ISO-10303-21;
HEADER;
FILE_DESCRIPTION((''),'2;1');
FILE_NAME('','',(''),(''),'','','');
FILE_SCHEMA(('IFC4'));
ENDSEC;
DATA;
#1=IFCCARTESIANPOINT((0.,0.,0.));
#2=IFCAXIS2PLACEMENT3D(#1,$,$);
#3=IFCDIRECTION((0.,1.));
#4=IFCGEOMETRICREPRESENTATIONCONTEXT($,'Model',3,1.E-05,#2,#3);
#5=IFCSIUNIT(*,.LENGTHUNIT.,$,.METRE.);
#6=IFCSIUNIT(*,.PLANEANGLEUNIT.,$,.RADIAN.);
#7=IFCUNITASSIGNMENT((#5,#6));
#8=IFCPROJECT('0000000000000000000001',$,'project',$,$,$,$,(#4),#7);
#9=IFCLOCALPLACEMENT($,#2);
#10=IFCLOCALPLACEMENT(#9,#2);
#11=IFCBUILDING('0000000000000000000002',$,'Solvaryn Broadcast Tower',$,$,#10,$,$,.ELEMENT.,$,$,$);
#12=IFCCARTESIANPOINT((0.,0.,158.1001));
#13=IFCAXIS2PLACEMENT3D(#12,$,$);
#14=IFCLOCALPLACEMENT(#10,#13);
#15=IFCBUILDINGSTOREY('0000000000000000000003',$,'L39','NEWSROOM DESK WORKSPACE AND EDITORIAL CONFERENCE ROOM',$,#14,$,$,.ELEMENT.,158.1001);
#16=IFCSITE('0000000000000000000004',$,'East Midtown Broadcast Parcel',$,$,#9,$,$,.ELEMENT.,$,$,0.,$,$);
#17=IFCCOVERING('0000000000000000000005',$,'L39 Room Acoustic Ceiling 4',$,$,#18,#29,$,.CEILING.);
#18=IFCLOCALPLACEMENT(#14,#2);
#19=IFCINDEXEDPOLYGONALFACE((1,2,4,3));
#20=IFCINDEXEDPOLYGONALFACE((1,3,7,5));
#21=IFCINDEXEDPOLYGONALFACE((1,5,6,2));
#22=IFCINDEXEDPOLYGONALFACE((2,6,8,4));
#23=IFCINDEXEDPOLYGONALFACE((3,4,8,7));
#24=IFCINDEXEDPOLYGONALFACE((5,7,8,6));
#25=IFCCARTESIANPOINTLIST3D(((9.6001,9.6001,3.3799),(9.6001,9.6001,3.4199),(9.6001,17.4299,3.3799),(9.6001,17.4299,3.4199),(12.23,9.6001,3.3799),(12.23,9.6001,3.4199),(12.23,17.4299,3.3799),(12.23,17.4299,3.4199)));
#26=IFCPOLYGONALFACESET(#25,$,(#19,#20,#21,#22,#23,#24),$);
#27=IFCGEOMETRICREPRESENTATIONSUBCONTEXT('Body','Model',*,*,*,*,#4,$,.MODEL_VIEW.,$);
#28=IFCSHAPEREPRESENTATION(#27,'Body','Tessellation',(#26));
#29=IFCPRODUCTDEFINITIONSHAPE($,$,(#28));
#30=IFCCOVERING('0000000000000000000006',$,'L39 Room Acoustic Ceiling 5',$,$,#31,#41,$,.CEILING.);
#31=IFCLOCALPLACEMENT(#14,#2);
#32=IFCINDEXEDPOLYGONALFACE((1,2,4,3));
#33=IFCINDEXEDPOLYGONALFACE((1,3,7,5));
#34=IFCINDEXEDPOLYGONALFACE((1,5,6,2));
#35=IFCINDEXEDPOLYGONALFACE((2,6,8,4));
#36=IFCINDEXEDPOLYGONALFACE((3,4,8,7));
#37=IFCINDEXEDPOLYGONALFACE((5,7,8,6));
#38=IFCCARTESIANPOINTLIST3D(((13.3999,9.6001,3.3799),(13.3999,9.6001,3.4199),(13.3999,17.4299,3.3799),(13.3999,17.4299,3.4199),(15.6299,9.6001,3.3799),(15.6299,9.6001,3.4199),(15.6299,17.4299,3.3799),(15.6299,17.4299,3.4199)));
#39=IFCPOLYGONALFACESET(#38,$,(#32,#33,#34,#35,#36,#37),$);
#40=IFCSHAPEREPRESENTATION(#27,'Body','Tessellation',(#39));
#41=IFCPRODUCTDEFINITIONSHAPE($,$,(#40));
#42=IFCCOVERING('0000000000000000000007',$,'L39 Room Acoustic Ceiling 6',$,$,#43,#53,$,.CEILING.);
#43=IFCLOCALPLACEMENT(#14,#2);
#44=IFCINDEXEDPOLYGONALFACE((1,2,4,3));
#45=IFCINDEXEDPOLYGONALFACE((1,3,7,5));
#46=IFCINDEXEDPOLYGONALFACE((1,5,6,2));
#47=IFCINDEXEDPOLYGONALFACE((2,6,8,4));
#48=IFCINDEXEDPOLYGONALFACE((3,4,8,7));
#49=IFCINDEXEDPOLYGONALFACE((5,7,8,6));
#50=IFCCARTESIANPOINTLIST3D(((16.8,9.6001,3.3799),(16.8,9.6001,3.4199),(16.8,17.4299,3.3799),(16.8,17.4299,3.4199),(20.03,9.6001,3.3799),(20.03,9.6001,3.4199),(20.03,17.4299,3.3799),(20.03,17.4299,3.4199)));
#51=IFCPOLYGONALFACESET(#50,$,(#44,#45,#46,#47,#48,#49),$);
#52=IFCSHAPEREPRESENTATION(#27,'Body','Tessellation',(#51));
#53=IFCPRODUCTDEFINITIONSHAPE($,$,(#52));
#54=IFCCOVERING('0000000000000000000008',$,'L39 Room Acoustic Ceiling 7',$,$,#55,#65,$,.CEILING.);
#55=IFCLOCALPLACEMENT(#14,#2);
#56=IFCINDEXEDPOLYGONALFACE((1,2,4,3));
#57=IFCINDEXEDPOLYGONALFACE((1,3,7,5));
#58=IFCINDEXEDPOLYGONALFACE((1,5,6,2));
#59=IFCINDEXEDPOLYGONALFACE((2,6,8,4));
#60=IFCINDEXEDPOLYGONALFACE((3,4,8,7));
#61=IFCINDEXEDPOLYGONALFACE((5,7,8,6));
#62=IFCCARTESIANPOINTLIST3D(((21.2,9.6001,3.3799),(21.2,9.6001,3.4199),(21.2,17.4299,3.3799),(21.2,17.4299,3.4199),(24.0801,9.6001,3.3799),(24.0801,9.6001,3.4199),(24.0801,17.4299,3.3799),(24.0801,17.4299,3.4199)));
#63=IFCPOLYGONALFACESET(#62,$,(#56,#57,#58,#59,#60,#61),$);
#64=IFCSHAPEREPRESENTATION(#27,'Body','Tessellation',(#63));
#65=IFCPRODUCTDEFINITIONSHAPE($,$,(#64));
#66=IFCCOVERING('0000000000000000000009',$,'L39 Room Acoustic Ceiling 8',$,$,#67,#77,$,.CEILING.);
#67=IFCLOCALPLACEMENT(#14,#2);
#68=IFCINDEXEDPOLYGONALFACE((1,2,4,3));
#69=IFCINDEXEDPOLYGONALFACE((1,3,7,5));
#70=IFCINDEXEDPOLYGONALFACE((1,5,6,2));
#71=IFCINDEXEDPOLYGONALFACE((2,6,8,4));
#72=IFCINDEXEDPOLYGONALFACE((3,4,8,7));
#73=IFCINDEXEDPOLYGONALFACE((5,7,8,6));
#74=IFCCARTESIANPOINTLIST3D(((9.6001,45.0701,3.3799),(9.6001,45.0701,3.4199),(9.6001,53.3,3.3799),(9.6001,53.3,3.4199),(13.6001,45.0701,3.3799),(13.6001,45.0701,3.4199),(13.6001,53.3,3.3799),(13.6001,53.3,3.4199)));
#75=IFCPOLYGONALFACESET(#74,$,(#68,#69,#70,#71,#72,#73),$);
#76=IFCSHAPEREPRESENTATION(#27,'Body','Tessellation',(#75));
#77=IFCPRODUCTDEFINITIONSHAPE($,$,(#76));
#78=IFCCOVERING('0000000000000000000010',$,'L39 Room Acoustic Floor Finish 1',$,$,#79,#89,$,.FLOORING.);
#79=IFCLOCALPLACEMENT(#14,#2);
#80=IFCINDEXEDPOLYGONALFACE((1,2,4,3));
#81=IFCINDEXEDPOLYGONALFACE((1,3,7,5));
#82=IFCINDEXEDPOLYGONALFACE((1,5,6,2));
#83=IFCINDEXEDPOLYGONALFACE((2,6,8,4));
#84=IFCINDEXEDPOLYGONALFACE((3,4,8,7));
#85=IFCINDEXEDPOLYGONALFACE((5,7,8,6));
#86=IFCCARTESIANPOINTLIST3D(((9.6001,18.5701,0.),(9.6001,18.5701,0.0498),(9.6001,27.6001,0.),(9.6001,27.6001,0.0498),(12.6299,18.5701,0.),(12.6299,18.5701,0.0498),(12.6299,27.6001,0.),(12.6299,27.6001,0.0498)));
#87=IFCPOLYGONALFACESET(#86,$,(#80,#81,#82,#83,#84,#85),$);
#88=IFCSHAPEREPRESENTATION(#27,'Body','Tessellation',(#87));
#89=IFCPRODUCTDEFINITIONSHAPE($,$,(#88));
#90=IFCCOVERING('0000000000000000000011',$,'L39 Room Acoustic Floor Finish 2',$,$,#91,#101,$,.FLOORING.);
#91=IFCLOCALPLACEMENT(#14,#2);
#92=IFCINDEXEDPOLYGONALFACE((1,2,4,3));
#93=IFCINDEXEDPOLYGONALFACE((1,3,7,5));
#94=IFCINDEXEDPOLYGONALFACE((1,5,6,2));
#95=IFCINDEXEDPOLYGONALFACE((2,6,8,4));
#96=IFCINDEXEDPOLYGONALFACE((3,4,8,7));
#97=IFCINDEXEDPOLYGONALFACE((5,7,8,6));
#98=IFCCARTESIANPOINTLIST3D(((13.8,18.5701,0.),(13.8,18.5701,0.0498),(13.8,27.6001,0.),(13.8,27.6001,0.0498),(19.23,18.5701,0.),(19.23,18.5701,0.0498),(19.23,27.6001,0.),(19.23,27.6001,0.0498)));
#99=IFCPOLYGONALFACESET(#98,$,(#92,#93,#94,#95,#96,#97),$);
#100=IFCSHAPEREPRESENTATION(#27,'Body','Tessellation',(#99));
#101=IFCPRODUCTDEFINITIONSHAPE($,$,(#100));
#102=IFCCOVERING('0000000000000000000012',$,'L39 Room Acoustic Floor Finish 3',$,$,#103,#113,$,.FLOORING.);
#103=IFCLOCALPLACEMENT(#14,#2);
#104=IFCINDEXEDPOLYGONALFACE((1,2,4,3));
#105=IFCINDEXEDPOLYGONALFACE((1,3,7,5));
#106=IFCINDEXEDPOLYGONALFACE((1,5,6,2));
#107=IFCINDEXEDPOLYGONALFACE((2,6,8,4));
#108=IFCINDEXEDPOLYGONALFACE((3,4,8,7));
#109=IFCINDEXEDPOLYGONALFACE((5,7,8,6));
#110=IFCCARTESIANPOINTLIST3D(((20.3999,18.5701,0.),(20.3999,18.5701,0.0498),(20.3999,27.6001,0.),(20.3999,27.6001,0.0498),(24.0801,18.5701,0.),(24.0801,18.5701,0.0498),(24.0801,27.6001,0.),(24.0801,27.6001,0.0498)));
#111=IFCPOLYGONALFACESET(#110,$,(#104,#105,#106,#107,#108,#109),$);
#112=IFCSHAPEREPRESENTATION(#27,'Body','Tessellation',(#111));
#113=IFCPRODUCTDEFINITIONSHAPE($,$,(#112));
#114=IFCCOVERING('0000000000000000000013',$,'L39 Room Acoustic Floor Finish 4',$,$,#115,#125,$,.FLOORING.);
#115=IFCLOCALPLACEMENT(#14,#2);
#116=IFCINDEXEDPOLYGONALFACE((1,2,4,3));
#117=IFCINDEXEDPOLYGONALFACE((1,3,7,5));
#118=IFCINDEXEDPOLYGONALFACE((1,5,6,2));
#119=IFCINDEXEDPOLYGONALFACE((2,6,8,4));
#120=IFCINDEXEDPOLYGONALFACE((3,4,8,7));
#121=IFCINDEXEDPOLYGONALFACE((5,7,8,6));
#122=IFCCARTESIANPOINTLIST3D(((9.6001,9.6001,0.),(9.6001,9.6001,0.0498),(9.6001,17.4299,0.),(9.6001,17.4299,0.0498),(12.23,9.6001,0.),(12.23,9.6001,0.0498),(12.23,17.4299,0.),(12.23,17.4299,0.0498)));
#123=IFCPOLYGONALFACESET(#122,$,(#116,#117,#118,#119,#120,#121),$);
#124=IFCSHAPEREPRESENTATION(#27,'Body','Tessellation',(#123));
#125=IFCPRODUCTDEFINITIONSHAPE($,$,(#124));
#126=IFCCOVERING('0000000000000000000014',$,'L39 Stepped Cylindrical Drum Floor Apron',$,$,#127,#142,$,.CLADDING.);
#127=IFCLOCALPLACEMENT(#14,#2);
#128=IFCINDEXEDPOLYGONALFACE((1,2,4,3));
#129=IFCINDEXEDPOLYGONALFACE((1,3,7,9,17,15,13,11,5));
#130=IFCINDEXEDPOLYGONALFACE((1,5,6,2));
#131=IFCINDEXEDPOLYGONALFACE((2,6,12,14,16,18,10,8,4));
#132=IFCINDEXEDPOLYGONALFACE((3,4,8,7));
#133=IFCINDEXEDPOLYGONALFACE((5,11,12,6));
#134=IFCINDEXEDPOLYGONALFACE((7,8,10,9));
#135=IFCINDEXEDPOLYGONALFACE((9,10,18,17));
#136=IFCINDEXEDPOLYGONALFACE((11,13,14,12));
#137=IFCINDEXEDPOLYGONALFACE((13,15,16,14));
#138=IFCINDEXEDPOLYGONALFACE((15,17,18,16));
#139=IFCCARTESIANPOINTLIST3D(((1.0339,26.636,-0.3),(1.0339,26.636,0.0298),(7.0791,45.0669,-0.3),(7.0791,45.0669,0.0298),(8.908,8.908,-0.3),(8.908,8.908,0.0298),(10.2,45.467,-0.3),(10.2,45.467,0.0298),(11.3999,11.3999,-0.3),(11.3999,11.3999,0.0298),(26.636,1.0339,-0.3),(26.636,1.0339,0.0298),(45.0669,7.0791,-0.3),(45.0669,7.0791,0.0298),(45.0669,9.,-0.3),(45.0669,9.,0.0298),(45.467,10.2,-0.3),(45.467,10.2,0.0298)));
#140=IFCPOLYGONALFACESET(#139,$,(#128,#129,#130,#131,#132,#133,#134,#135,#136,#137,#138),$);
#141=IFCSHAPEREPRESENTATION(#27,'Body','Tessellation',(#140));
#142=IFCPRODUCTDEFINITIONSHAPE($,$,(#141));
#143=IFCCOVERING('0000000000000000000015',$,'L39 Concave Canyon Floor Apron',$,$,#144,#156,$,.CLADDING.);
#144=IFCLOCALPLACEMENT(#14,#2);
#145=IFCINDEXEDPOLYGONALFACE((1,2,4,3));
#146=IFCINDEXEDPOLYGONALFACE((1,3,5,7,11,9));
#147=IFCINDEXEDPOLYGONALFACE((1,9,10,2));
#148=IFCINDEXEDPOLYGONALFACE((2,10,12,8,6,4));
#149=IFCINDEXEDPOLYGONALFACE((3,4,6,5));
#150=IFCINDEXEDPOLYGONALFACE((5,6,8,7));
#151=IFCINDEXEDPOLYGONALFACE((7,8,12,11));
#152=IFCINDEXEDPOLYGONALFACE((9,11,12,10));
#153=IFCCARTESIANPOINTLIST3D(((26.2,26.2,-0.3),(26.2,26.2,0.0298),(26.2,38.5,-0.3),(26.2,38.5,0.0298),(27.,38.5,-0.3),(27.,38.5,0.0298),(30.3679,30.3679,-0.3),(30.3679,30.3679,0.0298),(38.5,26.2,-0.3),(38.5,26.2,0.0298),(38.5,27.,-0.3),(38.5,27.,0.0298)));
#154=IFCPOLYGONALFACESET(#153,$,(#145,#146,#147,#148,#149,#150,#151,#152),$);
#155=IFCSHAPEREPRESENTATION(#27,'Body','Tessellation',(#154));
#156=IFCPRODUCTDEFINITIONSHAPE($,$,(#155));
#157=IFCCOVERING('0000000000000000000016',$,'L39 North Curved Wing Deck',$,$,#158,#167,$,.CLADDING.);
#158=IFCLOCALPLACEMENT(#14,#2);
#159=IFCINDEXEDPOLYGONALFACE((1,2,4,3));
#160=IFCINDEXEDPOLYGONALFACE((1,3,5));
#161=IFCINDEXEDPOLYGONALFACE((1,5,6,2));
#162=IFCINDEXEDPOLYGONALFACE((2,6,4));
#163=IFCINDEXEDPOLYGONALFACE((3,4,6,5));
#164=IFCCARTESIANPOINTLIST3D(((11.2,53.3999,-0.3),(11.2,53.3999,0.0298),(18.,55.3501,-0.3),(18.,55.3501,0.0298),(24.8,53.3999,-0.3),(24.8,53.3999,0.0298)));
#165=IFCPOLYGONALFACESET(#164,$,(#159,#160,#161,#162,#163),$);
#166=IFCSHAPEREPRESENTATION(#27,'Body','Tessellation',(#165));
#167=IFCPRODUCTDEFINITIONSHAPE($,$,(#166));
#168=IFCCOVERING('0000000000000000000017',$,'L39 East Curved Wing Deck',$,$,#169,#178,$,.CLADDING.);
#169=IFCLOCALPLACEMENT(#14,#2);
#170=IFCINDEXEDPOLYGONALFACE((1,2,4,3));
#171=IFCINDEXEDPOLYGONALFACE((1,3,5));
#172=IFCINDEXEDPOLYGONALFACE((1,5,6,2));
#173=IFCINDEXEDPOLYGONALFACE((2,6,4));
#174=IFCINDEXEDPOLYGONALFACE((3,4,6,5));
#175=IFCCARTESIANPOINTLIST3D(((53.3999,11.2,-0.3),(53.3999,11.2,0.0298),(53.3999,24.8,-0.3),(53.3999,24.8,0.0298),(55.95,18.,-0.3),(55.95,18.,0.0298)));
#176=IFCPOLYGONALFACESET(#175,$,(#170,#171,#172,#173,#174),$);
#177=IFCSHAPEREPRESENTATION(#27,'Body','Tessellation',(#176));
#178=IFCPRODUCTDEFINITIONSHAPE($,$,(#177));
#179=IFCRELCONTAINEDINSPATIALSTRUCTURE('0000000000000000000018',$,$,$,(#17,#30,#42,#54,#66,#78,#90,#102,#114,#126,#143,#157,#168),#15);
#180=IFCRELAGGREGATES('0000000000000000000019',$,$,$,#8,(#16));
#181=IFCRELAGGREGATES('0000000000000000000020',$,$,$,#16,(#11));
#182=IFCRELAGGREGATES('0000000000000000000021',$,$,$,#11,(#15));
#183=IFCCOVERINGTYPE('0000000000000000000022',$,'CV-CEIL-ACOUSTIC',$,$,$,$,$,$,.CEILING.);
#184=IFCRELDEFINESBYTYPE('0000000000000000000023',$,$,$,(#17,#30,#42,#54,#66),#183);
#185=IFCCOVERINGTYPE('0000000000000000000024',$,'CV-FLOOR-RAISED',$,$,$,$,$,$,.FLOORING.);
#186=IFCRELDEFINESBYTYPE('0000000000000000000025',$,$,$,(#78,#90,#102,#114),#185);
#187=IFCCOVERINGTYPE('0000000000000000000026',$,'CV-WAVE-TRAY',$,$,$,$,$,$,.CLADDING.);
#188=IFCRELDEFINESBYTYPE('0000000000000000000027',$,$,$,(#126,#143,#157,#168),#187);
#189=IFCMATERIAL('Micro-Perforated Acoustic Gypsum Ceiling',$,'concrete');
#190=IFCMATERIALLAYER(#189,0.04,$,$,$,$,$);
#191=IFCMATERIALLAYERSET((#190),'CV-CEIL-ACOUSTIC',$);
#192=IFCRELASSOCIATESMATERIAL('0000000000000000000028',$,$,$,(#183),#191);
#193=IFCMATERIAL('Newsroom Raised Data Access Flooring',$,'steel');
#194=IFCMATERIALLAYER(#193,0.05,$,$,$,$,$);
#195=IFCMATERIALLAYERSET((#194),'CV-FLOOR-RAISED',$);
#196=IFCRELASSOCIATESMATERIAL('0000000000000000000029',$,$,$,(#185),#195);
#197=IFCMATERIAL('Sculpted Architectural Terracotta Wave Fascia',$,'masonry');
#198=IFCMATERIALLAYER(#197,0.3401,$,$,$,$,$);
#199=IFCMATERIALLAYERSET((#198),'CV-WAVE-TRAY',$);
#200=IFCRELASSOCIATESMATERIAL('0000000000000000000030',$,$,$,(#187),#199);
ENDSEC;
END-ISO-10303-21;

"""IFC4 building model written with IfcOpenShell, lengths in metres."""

from ifc_helpers import new_model, si_unit, direction, frame, origin, place, context, subcontext, project, spatial, polyline, outline, extrude, material, layer, layer_set, type_object, element, save


model = new_model("IFC4")

# Units and contexts
model_context = context("Model", 3, precision=1e-05, world=origin(), true_north=direction((0.0, 1.0)))
body_context = subcontext(model_context, "Body", "Model", "MODEL_VIEW")
ifc_project = project(units=[si_unit("LENGTHUNIT", "METRE"), si_unit("PLANEANGLEUNIT", "RADIAN")], contexts=[model_context])

# Site, building, storey
site_placement = place(None, origin())
site = spatial("IfcSite", under=ifc_project, at=site_placement, Name="East Midtown Broadcast Parcel", CompositionType="ELEMENT", RefElevation=0.0)
building_placement = place(site_placement, origin())
building = spatial("IfcBuilding", under=site, at=building_placement, Name="Solvaryn Broadcast Tower", CompositionType="ELEMENT")
storey_placement = place(building_placement, frame((0.0, 0.0, 158.1001)))
storey = spatial("IfcBuildingStorey", under=building, at=storey_placement, Name="L39", Description="NEWSROOM DESK WORKSPACE AND EDITORIAL CONFERENCE ROOM", CompositionType="ELEMENT", Elevation=158.1001)

# Coverings
ifc_material_1 = material(Name="Micro-Perforated Acoustic Gypsum Ceiling", Category="concrete")
ifc_layer_1 = layer(ifc_material_1, 0.04)
ifc_layer_set_1 = layer_set([ifc_layer_1], Name="CV-CEIL-ACOUSTIC")
covering_type_1 = type_object("IfcCoveringType", Name="CV-CEIL-ACOUSTIC", PredefinedType="CEILING", material=ifc_layer_set_1)
covering_1_placement = place(storey_placement, frame((0.0, 0.0, 3.3799)))
element("IfcCovering", 1, at=covering_1_placement, inside=storey, type_object=covering_type_1, Name="L39 Room Acoustic Ceiling 4", PredefinedType="CEILING", context=body_context, shape_type="SweptSolid", body=[
    extrude(outline(polyline([(9.6001, 9.6001), (12.23, 9.6001), (12.23, 17.4299), (9.6001, 17.4299), (9.6001, 9.6001)])), origin(), (0.0, 0.0, 1.0), 0.04),
])
covering_2_placement = place(storey_placement, frame((0.0, 0.0, 3.3799)))
element("IfcCovering", 2, at=covering_2_placement, inside=storey, type_object=covering_type_1, Name="L39 Room Acoustic Ceiling 5", PredefinedType="CEILING", context=body_context, shape_type="SweptSolid", body=[
    extrude(outline(polyline([(13.3999, 9.6001), (15.6299, 9.6001), (15.6299, 17.4299), (13.3999, 17.4299), (13.3999, 9.6001)])), origin(), (0.0, 0.0, 1.0), 0.04),
])
covering_3_placement = place(storey_placement, frame((0.0, 0.0, 3.3799)))
element("IfcCovering", 3, at=covering_3_placement, inside=storey, type_object=covering_type_1, Name="L39 Room Acoustic Ceiling 6", PredefinedType="CEILING", context=body_context, shape_type="SweptSolid", body=[
    extrude(outline(polyline([(16.8, 9.6001), (20.03, 9.6001), (20.03, 17.4299), (16.8, 17.4299), (16.8, 9.6001)])), origin(), (0.0, 0.0, 1.0), 0.04),
])
covering_4_placement = place(storey_placement, frame((0.0, 0.0, 3.3799)))
element("IfcCovering", 4, at=covering_4_placement, inside=storey, type_object=covering_type_1, Name="L39 Room Acoustic Ceiling 7", PredefinedType="CEILING", context=body_context, shape_type="SweptSolid", body=[
    extrude(outline(polyline([(21.2, 9.6001), (24.0801, 9.6001), (24.0801, 17.4299), (21.2, 17.4299), (21.2, 9.6001)])), origin(), (0.0, 0.0, 1.0), 0.04),
])
covering_5_placement = place(storey_placement, frame((0.0, 0.0, 3.3799)))
element("IfcCovering", 5, at=covering_5_placement, inside=storey, type_object=covering_type_1, Name="L39 Room Acoustic Ceiling 8", PredefinedType="CEILING", context=body_context, shape_type="SweptSolid", body=[
    extrude(outline(polyline([(9.6001, 45.0701), (13.6001, 45.0701), (13.6001, 53.3), (9.6001, 53.3), (9.6001, 45.0701)])), origin(), (0.0, 0.0, 1.0), 0.04),
])
ifc_material_2 = material(Name="Newsroom Raised Data Access Flooring", Category="steel")
ifc_layer_2 = layer(ifc_material_2, 0.05)
ifc_layer_set_2 = layer_set([ifc_layer_2], Name="CV-FLOOR-RAISED")
covering_type_2 = type_object("IfcCoveringType", Name="CV-FLOOR-RAISED", PredefinedType="FLOORING", material=ifc_layer_set_2)
covering_6_placement = place(storey_placement, origin())
element("IfcCovering", 6, at=covering_6_placement, inside=storey, type_object=covering_type_2, Name="L39 Room Acoustic Floor Finish 1", PredefinedType="FLOORING", context=body_context, shape_type="SweptSolid", body=[
    extrude(outline(polyline([(9.6001, 18.5701), (12.6299, 18.5701), (12.6299, 27.6001), (9.6001, 27.6001), (9.6001, 18.5701)])), origin(), (0.0, 0.0, 1.0), 0.0498),
])
covering_7_placement = place(storey_placement, origin())
element("IfcCovering", 7, at=covering_7_placement, inside=storey, type_object=covering_type_2, Name="L39 Room Acoustic Floor Finish 2", PredefinedType="FLOORING", context=body_context, shape_type="SweptSolid", body=[
    extrude(outline(polyline([(13.8, 18.5701), (19.23, 18.5701), (19.23, 27.6001), (13.8, 27.6001), (13.8, 18.5701)])), origin(), (0.0, 0.0, 1.0), 0.0498),
])
covering_8_placement = place(storey_placement, origin())
element("IfcCovering", 8, at=covering_8_placement, inside=storey, type_object=covering_type_2, Name="L39 Room Acoustic Floor Finish 3", PredefinedType="FLOORING", context=body_context, shape_type="SweptSolid", body=[
    extrude(outline(polyline([(20.3999, 18.5701), (24.0801, 18.5701), (24.0801, 27.6001), (20.3999, 27.6001), (20.3999, 18.5701)])), origin(), (0.0, 0.0, 1.0), 0.0498),
])
covering_9_placement = place(storey_placement, origin())
element("IfcCovering", 9, at=covering_9_placement, inside=storey, type_object=covering_type_2, Name="L39 Room Acoustic Floor Finish 4", PredefinedType="FLOORING", context=body_context, shape_type="SweptSolid", body=[
    extrude(outline(polyline([(9.6001, 9.6001), (12.23, 9.6001), (12.23, 17.4299), (9.6001, 17.4299), (9.6001, 9.6001)])), origin(), (0.0, 0.0, 1.0), 0.0498),
])
ifc_material_3 = material(Name="Sculpted Architectural Terracotta Wave Fascia", Category="masonry")
ifc_layer_3 = layer(ifc_material_3, 0.3401)
ifc_layer_set_3 = layer_set([ifc_layer_3], Name="CV-WAVE-TRAY")
covering_type_3 = type_object("IfcCoveringType", Name="CV-WAVE-TRAY", PredefinedType="CLADDING", material=ifc_layer_set_3)
covering_10_placement = place(storey_placement, frame((0.0, 0.0, -0.3)))
element("IfcCovering", 10, at=covering_10_placement, inside=storey, type_object=covering_type_3, Name="L39 Stepped Cylindrical Drum Floor Apron", PredefinedType="CLADDING", context=body_context, shape_type="SweptSolid", body=[
    extrude(outline(polyline([(10.2, 45.467), (7.0791, 45.0669), (1.0339, 26.636), (8.908, 8.908), (26.636, 1.0339), (45.0669, 7.0791), (45.0669, 9.0), (45.467, 10.2), (11.3999, 11.3999), (10.2, 45.467)])), origin(), (0.0, 0.0, 1.0), 0.3298),
])
covering_11_placement = place(storey_placement, frame((0.0, 0.0, -0.3)))
element("IfcCovering", 11, at=covering_11_placement, inside=storey, type_object=covering_type_3, Name="L39 Concave Canyon Floor Apron", PredefinedType="CLADDING", context=body_context, shape_type="SweptSolid", body=[
    extrude(outline(polyline([(26.2, 26.2), (38.5, 26.2), (38.5, 27.0), (30.3679, 30.3679), (27.0, 38.5), (26.2, 38.5), (26.2, 26.2)])), origin(), (0.0, 0.0, 1.0), 0.3298),
])
covering_12_placement = place(storey_placement, frame((0.0, 0.0, -0.3)))
element("IfcCovering", 12, at=covering_12_placement, inside=storey, type_object=covering_type_3, Name="L39 North Curved Wing Deck", PredefinedType="CLADDING", context=body_context, shape_type="SweptSolid", body=[
    extrude(outline(polyline([(11.2, 53.3999), (24.8, 53.3999), (18.0, 55.3501), (11.2, 53.3999)])), origin(), (0.0, 0.0, 1.0), 0.3298),
])
covering_13_placement = place(storey_placement, frame((0.0, 0.0, -0.3)))
element("IfcCovering", 13, at=covering_13_placement, inside=storey, type_object=covering_type_3, Name="L39 East Curved Wing Deck", PredefinedType="CLADDING", context=body_context, shape_type="SweptSolid", body=[
    extrude(outline(polyline([(53.3999, 11.2), (55.95, 18.0), (53.3999, 24.8), (53.3999, 11.2)])), origin(), (0.0, 0.0, 1.0), 0.3298),
])

save(model, "model.ifc")
